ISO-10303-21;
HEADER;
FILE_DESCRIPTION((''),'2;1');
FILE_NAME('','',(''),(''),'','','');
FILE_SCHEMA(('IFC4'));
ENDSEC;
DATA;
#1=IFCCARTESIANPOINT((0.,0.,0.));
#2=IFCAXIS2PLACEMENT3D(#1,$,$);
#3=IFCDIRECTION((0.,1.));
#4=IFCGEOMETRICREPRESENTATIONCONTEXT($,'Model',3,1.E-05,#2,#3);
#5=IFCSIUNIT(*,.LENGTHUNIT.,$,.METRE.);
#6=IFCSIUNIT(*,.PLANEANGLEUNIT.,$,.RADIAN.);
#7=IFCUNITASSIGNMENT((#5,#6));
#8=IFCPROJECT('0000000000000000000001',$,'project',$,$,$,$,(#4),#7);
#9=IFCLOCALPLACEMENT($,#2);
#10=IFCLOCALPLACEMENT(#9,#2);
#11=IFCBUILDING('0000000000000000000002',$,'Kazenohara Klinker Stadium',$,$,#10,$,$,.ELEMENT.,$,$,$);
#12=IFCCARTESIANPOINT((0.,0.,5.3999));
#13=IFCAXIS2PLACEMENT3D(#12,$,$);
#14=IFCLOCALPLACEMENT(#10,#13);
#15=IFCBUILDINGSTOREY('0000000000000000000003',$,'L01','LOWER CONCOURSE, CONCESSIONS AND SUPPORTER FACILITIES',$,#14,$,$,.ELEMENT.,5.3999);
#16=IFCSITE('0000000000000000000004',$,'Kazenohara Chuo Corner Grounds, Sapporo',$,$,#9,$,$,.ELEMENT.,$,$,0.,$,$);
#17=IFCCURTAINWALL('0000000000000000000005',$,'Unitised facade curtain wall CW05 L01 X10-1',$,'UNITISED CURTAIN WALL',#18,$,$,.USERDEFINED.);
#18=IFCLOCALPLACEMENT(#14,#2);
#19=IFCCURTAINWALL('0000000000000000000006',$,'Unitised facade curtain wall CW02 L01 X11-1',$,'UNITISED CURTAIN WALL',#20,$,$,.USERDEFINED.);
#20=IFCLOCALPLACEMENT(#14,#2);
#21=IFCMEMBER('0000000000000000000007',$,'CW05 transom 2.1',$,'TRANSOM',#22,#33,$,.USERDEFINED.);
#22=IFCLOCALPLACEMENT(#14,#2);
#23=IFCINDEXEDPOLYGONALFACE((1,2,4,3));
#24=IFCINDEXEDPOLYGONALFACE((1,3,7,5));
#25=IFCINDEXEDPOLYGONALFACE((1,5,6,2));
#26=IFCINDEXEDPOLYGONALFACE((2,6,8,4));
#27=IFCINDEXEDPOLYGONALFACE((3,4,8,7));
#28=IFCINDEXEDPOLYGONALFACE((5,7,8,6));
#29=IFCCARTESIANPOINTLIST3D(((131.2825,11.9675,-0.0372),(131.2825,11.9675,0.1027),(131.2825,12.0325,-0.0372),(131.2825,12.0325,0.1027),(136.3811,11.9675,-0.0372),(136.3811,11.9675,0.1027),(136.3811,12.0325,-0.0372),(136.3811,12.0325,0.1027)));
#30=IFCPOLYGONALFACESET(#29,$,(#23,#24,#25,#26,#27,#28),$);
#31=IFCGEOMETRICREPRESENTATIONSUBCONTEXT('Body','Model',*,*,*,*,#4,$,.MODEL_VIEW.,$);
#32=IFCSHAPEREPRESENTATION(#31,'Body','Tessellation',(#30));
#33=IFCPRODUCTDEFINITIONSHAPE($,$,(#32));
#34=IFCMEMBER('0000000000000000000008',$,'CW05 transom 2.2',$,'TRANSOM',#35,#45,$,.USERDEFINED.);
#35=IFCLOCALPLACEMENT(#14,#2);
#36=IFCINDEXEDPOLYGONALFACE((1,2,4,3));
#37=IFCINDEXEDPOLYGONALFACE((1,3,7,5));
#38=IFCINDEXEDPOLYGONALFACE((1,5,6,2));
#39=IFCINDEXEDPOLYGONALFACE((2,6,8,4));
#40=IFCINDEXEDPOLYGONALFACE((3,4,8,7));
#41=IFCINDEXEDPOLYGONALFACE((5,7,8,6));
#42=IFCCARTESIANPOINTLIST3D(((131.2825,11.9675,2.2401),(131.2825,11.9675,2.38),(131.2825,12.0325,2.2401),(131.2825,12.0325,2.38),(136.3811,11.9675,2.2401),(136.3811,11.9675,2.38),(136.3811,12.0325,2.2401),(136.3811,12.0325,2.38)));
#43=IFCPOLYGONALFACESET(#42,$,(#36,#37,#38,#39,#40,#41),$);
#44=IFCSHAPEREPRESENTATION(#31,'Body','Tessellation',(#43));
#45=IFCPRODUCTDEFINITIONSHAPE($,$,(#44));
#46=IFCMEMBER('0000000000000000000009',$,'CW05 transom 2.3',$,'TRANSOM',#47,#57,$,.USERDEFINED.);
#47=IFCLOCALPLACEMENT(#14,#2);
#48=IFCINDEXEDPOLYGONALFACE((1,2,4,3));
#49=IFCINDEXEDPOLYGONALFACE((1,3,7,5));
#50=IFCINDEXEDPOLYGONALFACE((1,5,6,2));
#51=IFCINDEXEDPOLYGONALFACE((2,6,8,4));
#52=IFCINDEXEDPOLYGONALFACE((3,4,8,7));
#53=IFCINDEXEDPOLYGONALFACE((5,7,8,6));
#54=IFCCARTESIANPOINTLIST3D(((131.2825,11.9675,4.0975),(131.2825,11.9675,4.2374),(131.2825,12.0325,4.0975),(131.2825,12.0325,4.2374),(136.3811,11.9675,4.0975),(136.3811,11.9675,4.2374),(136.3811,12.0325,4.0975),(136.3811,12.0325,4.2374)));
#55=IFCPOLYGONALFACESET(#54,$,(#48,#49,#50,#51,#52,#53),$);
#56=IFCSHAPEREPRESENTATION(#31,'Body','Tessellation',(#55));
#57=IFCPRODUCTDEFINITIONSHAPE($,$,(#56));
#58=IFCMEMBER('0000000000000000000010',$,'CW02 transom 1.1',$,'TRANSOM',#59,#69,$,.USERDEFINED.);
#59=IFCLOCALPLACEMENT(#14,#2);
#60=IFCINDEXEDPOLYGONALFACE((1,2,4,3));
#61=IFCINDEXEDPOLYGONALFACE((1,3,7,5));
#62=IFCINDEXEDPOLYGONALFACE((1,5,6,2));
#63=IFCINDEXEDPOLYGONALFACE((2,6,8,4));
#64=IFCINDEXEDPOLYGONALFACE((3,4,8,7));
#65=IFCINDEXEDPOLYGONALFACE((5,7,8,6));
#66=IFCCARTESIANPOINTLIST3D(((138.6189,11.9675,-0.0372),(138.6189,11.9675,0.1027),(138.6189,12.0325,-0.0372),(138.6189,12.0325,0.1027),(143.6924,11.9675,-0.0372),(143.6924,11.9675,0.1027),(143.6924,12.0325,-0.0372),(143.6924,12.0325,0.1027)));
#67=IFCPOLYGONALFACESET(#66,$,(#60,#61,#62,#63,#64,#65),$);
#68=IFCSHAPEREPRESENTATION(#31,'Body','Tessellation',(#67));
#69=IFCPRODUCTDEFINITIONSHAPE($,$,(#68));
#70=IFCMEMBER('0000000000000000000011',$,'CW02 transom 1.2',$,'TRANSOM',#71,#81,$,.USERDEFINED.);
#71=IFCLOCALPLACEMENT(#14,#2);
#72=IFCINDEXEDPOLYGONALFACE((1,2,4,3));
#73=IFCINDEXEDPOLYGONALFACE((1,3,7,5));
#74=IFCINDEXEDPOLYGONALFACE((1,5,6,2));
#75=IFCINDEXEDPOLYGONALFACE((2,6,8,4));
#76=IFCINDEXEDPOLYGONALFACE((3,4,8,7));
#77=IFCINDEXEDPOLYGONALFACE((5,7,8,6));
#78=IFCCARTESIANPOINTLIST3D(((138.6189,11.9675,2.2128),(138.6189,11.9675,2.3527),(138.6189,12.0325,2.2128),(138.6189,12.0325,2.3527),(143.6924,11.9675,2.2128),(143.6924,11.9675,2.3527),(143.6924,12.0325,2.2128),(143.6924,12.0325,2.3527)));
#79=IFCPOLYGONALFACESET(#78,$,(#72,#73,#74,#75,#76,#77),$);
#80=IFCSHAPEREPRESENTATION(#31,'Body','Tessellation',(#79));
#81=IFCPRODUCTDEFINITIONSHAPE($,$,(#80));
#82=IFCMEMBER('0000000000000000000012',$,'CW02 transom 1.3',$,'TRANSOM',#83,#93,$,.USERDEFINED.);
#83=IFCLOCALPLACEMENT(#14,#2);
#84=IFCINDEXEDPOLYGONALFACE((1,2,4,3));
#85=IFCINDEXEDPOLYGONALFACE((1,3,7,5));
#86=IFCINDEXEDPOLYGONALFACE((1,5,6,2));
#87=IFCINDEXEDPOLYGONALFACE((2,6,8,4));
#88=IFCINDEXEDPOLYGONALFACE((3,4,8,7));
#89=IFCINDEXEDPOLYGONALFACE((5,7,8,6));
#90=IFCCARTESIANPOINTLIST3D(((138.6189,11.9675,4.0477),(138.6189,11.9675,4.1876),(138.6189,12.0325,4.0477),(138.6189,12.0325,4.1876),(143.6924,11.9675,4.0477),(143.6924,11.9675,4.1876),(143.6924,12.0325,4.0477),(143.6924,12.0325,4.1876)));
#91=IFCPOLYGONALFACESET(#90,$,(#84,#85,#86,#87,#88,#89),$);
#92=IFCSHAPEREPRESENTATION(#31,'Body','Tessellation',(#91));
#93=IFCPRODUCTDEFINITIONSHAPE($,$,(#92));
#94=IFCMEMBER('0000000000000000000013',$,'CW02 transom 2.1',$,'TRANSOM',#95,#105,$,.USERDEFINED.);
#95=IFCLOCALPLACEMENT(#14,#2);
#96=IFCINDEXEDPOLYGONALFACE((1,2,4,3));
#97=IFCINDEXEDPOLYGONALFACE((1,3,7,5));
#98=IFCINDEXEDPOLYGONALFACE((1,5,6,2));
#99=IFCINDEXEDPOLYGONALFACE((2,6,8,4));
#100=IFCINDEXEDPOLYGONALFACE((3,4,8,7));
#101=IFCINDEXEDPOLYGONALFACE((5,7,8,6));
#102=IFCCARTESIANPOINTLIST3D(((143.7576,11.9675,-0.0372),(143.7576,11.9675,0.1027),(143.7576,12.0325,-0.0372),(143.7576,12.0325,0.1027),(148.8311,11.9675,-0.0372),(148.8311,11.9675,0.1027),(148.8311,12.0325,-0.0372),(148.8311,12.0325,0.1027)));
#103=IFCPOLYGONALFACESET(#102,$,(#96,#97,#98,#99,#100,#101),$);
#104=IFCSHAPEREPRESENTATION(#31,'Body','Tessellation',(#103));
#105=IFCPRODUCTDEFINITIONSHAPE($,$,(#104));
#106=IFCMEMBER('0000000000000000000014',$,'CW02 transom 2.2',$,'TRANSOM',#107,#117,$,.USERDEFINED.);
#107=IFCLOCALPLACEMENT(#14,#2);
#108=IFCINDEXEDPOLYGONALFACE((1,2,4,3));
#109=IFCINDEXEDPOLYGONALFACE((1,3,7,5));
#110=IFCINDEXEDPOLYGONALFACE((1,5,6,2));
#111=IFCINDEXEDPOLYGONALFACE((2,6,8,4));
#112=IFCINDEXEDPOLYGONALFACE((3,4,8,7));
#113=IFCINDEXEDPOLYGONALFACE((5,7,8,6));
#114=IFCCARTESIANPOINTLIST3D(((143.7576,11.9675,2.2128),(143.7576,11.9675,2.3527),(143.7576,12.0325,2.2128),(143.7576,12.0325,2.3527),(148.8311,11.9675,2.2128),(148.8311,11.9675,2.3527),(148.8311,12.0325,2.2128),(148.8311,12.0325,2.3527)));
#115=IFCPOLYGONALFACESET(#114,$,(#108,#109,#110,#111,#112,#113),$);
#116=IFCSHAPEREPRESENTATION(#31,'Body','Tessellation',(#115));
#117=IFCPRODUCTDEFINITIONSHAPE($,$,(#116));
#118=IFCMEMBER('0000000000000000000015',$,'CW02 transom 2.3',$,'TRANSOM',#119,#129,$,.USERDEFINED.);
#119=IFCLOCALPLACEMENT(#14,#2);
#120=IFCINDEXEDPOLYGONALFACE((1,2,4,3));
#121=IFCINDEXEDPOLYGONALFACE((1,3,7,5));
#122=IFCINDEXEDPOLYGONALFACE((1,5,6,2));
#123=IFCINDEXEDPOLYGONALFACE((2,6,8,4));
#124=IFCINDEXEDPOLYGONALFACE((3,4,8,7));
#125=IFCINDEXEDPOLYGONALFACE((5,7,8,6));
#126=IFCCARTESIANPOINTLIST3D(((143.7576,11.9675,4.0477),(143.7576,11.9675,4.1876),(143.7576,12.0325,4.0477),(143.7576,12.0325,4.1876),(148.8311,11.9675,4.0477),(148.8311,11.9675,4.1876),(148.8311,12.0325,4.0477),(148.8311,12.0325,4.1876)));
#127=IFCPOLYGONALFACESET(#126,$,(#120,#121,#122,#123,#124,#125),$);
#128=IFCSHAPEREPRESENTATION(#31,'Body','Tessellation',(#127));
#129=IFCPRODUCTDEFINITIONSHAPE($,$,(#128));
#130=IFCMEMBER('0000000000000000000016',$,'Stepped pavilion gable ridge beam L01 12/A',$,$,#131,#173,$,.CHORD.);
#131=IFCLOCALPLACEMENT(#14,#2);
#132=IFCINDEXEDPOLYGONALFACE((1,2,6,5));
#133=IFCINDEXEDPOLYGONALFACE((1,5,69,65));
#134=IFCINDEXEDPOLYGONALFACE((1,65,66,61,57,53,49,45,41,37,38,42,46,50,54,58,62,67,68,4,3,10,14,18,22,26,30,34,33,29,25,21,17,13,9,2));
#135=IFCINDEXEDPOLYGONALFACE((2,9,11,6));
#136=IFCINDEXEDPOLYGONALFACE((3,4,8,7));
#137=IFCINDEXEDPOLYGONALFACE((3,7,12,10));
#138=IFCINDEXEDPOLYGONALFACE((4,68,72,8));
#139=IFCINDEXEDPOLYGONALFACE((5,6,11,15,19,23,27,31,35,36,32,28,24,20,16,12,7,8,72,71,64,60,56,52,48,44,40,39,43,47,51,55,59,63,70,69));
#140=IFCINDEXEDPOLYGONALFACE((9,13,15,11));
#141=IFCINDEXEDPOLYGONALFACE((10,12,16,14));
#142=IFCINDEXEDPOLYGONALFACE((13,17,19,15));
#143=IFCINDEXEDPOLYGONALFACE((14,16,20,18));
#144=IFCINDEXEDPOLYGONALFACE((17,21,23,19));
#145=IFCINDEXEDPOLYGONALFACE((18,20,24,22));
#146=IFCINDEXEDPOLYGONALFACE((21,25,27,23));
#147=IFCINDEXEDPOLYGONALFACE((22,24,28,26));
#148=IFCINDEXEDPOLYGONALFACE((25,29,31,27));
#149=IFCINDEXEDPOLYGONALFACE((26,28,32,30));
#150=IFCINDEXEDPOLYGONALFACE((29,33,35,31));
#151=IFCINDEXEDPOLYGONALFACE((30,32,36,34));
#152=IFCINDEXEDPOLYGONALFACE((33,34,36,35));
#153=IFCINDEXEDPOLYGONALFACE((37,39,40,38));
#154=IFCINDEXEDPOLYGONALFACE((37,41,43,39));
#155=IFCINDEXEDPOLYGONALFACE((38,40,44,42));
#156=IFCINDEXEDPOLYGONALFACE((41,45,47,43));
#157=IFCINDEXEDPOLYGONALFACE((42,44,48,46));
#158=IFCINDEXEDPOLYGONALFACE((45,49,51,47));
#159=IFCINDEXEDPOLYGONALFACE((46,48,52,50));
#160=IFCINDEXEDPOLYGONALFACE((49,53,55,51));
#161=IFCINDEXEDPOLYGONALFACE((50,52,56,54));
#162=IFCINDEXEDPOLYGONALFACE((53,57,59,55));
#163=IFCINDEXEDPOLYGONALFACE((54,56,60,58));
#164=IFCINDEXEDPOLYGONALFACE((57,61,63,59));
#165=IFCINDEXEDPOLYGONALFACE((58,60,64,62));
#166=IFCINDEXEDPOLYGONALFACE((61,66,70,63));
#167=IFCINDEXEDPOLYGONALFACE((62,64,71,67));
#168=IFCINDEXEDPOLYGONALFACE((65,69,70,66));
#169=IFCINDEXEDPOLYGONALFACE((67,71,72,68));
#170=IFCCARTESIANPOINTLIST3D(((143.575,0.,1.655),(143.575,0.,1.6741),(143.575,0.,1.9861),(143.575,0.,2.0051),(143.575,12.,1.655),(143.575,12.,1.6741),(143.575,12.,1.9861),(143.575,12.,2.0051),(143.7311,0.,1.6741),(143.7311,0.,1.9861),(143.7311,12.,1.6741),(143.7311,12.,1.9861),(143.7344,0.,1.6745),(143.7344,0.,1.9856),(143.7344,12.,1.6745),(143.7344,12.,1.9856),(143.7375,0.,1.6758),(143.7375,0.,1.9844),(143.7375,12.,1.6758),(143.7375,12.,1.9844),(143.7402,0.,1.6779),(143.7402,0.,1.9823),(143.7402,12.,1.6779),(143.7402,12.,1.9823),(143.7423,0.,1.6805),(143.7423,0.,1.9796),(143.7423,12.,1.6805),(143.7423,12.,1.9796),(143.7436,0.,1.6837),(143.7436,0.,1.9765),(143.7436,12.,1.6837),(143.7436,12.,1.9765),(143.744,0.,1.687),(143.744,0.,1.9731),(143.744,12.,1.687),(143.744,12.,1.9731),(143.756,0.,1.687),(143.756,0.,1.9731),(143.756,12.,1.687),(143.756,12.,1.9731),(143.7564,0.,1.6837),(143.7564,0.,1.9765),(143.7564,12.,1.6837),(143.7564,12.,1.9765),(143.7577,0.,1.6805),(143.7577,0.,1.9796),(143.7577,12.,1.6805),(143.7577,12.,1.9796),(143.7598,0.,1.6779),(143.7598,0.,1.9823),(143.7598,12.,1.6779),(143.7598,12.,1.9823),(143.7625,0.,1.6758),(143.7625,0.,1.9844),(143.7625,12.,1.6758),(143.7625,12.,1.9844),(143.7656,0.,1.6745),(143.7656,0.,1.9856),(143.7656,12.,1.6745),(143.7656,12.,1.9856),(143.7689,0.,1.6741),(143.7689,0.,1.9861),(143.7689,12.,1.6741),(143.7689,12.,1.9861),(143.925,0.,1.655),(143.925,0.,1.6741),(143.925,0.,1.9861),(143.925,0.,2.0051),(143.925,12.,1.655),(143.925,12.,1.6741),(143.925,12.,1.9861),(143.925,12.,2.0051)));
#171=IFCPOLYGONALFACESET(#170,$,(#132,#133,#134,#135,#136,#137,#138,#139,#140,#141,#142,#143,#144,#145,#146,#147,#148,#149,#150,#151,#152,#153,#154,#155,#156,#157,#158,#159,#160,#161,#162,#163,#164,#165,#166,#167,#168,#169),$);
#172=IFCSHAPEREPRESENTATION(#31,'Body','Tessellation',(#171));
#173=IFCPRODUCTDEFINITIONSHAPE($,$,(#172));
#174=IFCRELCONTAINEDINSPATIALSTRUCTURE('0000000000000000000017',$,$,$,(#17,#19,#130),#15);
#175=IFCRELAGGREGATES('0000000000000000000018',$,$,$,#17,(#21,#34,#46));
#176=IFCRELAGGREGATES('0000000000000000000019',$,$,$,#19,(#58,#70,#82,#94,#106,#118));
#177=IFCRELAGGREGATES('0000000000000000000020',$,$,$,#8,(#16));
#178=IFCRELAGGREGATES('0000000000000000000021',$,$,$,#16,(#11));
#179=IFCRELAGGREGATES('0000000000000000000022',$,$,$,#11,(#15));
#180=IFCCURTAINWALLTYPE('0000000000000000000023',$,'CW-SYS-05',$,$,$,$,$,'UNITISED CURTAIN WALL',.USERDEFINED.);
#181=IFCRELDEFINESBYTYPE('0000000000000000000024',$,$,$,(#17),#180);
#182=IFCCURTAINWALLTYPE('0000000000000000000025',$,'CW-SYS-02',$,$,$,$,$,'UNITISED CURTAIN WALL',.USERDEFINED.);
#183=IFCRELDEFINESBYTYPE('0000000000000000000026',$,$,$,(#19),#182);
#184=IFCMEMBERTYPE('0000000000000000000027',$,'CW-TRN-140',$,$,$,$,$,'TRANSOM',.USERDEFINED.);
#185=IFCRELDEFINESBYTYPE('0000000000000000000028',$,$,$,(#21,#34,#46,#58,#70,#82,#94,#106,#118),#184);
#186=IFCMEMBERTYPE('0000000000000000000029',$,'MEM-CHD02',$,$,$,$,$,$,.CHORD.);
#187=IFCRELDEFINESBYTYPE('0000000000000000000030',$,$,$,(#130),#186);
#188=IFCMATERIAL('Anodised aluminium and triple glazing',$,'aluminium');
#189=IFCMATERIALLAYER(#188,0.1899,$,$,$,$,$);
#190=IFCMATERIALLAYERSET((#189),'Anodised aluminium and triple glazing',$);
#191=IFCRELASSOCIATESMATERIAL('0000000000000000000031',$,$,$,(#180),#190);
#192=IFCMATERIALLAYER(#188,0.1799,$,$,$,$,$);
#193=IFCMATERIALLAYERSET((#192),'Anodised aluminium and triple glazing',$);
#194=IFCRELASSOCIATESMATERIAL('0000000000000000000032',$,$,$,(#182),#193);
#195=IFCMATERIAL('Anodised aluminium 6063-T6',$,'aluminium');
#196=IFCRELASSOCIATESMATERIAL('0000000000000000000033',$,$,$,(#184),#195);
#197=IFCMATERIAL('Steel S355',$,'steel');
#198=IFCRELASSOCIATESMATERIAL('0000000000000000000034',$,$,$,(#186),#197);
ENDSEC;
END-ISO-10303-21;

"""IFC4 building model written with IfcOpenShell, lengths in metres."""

from ifc_helpers import new_model, si_unit, direction, frame, origin, origin_2d, place, context, subcontext, project, spatial, rectangle, i_section, extrude, material, layer, layer_set, material_profile, profile_set, type_object, element, aggregate, save


model = new_model("IFC4")

# Units and contexts
model_context = context("Model", 3, precision=1e-05, world=origin(), true_north=direction((0.0, 1.0)))
body_context = subcontext(model_context, "Body", "Model", "MODEL_VIEW")
ifc_project = project(units=[si_unit("LENGTHUNIT", "METRE"), si_unit("PLANEANGLEUNIT", "RADIAN")], contexts=[model_context])

# Site, building, storey
site_placement = place(None, origin())
site = spatial("IfcSite", under=ifc_project, at=site_placement, Name="Kazenohara Chuo Corner Grounds, Sapporo", CompositionType="ELEMENT", RefElevation=0.0)
building_placement = place(site_placement, origin())
building = spatial("IfcBuilding", under=site, at=building_placement, Name="Kazenohara Klinker Stadium", CompositionType="ELEMENT")
storey_placement = place(building_placement, frame((0.0, 0.0, 5.3999)))
storey = spatial("IfcBuildingStorey", under=building, at=storey_placement, Name="L01", Description="LOWER CONCOURSE, CONCESSIONS AND SUPPORTER FACILITIES", CompositionType="ELEMENT", Elevation=5.3999)

# Shared definitions
ifc_material_1 = material(Name="Steel S355", Category="steel")

# Curtain wall
ifc_material_2 = material(Name="Anodised aluminium and triple glazing", Category="aluminium")
ifc_layer_1 = layer(ifc_material_2, 0.1899)
ifc_layer_set_1 = layer_set([ifc_layer_1], Name="Anodised aluminium and triple glazing")
curtain_wall_type_1 = type_object("IfcCurtainWallType", Name="CW-SYS-05", ElementType="UNITISED CURTAIN WALL", PredefinedType="USERDEFINED", material=ifc_layer_set_1)
curtain_wall_1_placement = place(storey_placement, origin())
curtain_wall_1 = element("IfcCurtainWall", 1, at=curtain_wall_1_placement, inside=storey, type_object=curtain_wall_type_1, Name="Unitised facade curtain wall CW05 L01 X10-1", ObjectType="UNITISED CURTAIN WALL", PredefinedType="USERDEFINED")
ifc_material_3 = material(Name="Anodised aluminium 6063-T6", Category="aluminium")

# Curtain wall
ifc_layer_2 = layer(ifc_material_2, 0.1799)
ifc_layer_set_2 = layer_set([ifc_layer_2], Name="Anodised aluminium and triple glazing")
curtain_wall_type_2 = type_object("IfcCurtainWallType", Name="CW-SYS-02", ElementType="UNITISED CURTAIN WALL", PredefinedType="USERDEFINED", material=ifc_layer_set_2)
curtain_wall_2_placement = place(storey_placement, origin())
curtain_wall_2 = element("IfcCurtainWall", 2, at=curtain_wall_2_placement, inside=storey, type_object=curtain_wall_type_2, Name="Unitised facade curtain wall CW02 L01 X11-1", ObjectType="UNITISED CURTAIN WALL", PredefinedType="USERDEFINED")

# Members
ifc_material_profile_1 = material_profile(ifc_material_3, rectangle(XDim=0.0649, YDim=0.1399, at=origin_2d()), Name="ALU-TRN-65x140")
ifc_profile_set_1 = profile_set([ifc_material_profile_1], Name="Anodised aluminium 6063-T6")
member_type_1 = type_object("IfcMemberType", Name="CW-TRN-140", ElementType="TRANSOM", PredefinedType="USERDEFINED", material=ifc_profile_set_1)
member_1_placement = place(storey_placement, frame((131.2825, 12.0, 0.0327), z_axis=(1.0, 0.0, 0.0), x_axis=(0.0, 1.0, 0.0)))
member_1 = element("IfcMember", 3, at=member_1_placement, type_object=member_type_1, Name="CW05 transom 2.1", ObjectType="TRANSOM", PredefinedType="USERDEFINED", context=body_context, shape_type="SweptSolid", body=[
    extrude(rectangle(XDim=0.0649, YDim=0.1399, at=origin_2d()), origin(), (0.0, 0.0, 1.0), 5.0986),
])
member_2_placement = place(storey_placement, frame((131.2825, 12.0, 2.3101), z_axis=(1.0, 0.0, 0.0), x_axis=(0.0, 1.0, 0.0)))
member_2 = element("IfcMember", 4, at=member_2_placement, type_object=member_type_1, Name="CW05 transom 2.2", ObjectType="TRANSOM", PredefinedType="USERDEFINED", context=body_context, shape_type="SweptSolid", body=[
    extrude(rectangle(XDim=0.0649, YDim=0.1399, at=origin_2d()), origin(), (0.0, 0.0, 1.0), 5.0986),
])
member_3_placement = place(storey_placement, frame((131.2825, 12.0, 4.1675), z_axis=(1.0, 0.0, 0.0), x_axis=(0.0, 1.0, 0.0)))
member_3 = element("IfcMember", 5, at=member_3_placement, type_object=member_type_1, Name="CW05 transom 2.3", ObjectType="TRANSOM", PredefinedType="USERDEFINED", context=body_context, shape_type="SweptSolid", body=[
    extrude(rectangle(XDim=0.0649, YDim=0.1399, at=origin_2d()), origin(), (0.0, 0.0, 1.0), 5.0986),
])
member_4_placement = place(storey_placement, frame((138.6189, 12.0, 0.0327), z_axis=(1.0, 0.0, 0.0), x_axis=(0.0, 1.0, 0.0)))
member_4 = element("IfcMember", 6, at=member_4_placement, type_object=member_type_1, Name="CW02 transom 1.1", ObjectType="TRANSOM", PredefinedType="USERDEFINED", context=body_context, shape_type="SweptSolid", body=[
    extrude(rectangle(XDim=0.0649, YDim=0.1399, at=origin_2d()), origin(), (0.0, 0.0, 1.0), 5.0735),
])
member_5_placement = place(storey_placement, frame((138.6189, 12.0, 2.2827), z_axis=(1.0, 0.0, 0.0), x_axis=(0.0, 1.0, 0.0)))
member_5 = element("IfcMember", 7, at=member_5_placement, type_object=member_type_1, Name="CW02 transom 1.2", ObjectType="TRANSOM", PredefinedType="USERDEFINED", context=body_context, shape_type="SweptSolid", body=[
    extrude(rectangle(XDim=0.0649, YDim=0.1399, at=origin_2d()), origin(), (0.0, 0.0, 1.0), 5.0735),
])
member_6_placement = place(storey_placement, frame((138.6189, 12.0, 4.1177), z_axis=(1.0, 0.0, 0.0), x_axis=(0.0, 1.0, 0.0)))
member_6 = element("IfcMember", 8, at=member_6_placement, type_object=member_type_1, Name="CW02 transom 1.3", ObjectType="TRANSOM", PredefinedType="USERDEFINED", context=body_context, shape_type="SweptSolid", body=[
    extrude(rectangle(XDim=0.0649, YDim=0.1399, at=origin_2d()), origin(), (0.0, 0.0, 1.0), 5.0735),
])
member_7_placement = place(storey_placement, frame((143.7576, 12.0, 0.0327), z_axis=(1.0, 0.0, 0.0), x_axis=(0.0, 1.0, 0.0)))
member_7 = element("IfcMember", 9, at=member_7_placement, type_object=member_type_1, Name="CW02 transom 2.1", ObjectType="TRANSOM", PredefinedType="USERDEFINED", context=body_context, shape_type="SweptSolid", body=[
    extrude(rectangle(XDim=0.0649, YDim=0.1399, at=origin_2d()), origin(), (0.0, 0.0, 1.0), 5.0735),
])
member_8_placement = place(storey_placement, frame((143.7576, 12.0, 2.2827), z_axis=(1.0, 0.0, 0.0), x_axis=(0.0, 1.0, 0.0)))
member_8 = element("IfcMember", 10, at=member_8_placement, type_object=member_type_1, Name="CW02 transom 2.2", ObjectType="TRANSOM", PredefinedType="USERDEFINED", context=body_context, shape_type="SweptSolid", body=[
    extrude(rectangle(XDim=0.0649, YDim=0.1399, at=origin_2d()), origin(), (0.0, 0.0, 1.0), 5.0735),
])
member_9_placement = place(storey_placement, frame((143.7576, 12.0, 4.1177), z_axis=(1.0, 0.0, 0.0), x_axis=(0.0, 1.0, 0.0)))
member_9 = element("IfcMember", 11, at=member_9_placement, type_object=member_type_1, Name="CW02 transom 2.3", ObjectType="TRANSOM", PredefinedType="USERDEFINED", context=body_context, shape_type="SweptSolid", body=[
    extrude(rectangle(XDim=0.0649, YDim=0.1399, at=origin_2d()), origin(), (0.0, 0.0, 1.0), 5.0735),
])

# Member
ifc_material_profile_2 = material_profile(ifc_material_1, i_section(OverallWidth=0.3501, OverallDepth=0.3501, WebThickness=0.012, FlangeThickness=0.019, FilletRadius=0.0129, at=origin_2d()), Name="H-350x350x12x19")
ifc_profile_set_2 = profile_set([ifc_material_profile_2], Name="Steel S355")
member_type_2 = type_object("IfcMemberType", Name="MEM-CHD02", PredefinedType="CHORD", material=ifc_profile_set_2)
member_10_placement = place(storey_placement, frame((143.75, 0.0, 1.8301), z_axis=(0.0, 1.0, 0.0), x_axis=(-1.0, 0.0, 0.0)))
element("IfcMember", 12, at=member_10_placement, inside=storey, type_object=member_type_2, Name="Stepped pavilion gable ridge beam L01 12/A", PredefinedType="CHORD", context=body_context, shape_type="SweptSolid", body=[
    extrude(i_section(OverallWidth=0.3501, OverallDepth=0.3501, WebThickness=0.012, FlangeThickness=0.019, FilletRadius=0.0129, at=origin_2d()), origin(), (0.0, 0.0, 1.0), 12.0),
])

aggregate(curtain_wall_1, [member_1, member_2, member_3])
aggregate(curtain_wall_2, [member_4, member_5, member_6, member_7, member_8, member_9])

save(model, "model.ifc")
